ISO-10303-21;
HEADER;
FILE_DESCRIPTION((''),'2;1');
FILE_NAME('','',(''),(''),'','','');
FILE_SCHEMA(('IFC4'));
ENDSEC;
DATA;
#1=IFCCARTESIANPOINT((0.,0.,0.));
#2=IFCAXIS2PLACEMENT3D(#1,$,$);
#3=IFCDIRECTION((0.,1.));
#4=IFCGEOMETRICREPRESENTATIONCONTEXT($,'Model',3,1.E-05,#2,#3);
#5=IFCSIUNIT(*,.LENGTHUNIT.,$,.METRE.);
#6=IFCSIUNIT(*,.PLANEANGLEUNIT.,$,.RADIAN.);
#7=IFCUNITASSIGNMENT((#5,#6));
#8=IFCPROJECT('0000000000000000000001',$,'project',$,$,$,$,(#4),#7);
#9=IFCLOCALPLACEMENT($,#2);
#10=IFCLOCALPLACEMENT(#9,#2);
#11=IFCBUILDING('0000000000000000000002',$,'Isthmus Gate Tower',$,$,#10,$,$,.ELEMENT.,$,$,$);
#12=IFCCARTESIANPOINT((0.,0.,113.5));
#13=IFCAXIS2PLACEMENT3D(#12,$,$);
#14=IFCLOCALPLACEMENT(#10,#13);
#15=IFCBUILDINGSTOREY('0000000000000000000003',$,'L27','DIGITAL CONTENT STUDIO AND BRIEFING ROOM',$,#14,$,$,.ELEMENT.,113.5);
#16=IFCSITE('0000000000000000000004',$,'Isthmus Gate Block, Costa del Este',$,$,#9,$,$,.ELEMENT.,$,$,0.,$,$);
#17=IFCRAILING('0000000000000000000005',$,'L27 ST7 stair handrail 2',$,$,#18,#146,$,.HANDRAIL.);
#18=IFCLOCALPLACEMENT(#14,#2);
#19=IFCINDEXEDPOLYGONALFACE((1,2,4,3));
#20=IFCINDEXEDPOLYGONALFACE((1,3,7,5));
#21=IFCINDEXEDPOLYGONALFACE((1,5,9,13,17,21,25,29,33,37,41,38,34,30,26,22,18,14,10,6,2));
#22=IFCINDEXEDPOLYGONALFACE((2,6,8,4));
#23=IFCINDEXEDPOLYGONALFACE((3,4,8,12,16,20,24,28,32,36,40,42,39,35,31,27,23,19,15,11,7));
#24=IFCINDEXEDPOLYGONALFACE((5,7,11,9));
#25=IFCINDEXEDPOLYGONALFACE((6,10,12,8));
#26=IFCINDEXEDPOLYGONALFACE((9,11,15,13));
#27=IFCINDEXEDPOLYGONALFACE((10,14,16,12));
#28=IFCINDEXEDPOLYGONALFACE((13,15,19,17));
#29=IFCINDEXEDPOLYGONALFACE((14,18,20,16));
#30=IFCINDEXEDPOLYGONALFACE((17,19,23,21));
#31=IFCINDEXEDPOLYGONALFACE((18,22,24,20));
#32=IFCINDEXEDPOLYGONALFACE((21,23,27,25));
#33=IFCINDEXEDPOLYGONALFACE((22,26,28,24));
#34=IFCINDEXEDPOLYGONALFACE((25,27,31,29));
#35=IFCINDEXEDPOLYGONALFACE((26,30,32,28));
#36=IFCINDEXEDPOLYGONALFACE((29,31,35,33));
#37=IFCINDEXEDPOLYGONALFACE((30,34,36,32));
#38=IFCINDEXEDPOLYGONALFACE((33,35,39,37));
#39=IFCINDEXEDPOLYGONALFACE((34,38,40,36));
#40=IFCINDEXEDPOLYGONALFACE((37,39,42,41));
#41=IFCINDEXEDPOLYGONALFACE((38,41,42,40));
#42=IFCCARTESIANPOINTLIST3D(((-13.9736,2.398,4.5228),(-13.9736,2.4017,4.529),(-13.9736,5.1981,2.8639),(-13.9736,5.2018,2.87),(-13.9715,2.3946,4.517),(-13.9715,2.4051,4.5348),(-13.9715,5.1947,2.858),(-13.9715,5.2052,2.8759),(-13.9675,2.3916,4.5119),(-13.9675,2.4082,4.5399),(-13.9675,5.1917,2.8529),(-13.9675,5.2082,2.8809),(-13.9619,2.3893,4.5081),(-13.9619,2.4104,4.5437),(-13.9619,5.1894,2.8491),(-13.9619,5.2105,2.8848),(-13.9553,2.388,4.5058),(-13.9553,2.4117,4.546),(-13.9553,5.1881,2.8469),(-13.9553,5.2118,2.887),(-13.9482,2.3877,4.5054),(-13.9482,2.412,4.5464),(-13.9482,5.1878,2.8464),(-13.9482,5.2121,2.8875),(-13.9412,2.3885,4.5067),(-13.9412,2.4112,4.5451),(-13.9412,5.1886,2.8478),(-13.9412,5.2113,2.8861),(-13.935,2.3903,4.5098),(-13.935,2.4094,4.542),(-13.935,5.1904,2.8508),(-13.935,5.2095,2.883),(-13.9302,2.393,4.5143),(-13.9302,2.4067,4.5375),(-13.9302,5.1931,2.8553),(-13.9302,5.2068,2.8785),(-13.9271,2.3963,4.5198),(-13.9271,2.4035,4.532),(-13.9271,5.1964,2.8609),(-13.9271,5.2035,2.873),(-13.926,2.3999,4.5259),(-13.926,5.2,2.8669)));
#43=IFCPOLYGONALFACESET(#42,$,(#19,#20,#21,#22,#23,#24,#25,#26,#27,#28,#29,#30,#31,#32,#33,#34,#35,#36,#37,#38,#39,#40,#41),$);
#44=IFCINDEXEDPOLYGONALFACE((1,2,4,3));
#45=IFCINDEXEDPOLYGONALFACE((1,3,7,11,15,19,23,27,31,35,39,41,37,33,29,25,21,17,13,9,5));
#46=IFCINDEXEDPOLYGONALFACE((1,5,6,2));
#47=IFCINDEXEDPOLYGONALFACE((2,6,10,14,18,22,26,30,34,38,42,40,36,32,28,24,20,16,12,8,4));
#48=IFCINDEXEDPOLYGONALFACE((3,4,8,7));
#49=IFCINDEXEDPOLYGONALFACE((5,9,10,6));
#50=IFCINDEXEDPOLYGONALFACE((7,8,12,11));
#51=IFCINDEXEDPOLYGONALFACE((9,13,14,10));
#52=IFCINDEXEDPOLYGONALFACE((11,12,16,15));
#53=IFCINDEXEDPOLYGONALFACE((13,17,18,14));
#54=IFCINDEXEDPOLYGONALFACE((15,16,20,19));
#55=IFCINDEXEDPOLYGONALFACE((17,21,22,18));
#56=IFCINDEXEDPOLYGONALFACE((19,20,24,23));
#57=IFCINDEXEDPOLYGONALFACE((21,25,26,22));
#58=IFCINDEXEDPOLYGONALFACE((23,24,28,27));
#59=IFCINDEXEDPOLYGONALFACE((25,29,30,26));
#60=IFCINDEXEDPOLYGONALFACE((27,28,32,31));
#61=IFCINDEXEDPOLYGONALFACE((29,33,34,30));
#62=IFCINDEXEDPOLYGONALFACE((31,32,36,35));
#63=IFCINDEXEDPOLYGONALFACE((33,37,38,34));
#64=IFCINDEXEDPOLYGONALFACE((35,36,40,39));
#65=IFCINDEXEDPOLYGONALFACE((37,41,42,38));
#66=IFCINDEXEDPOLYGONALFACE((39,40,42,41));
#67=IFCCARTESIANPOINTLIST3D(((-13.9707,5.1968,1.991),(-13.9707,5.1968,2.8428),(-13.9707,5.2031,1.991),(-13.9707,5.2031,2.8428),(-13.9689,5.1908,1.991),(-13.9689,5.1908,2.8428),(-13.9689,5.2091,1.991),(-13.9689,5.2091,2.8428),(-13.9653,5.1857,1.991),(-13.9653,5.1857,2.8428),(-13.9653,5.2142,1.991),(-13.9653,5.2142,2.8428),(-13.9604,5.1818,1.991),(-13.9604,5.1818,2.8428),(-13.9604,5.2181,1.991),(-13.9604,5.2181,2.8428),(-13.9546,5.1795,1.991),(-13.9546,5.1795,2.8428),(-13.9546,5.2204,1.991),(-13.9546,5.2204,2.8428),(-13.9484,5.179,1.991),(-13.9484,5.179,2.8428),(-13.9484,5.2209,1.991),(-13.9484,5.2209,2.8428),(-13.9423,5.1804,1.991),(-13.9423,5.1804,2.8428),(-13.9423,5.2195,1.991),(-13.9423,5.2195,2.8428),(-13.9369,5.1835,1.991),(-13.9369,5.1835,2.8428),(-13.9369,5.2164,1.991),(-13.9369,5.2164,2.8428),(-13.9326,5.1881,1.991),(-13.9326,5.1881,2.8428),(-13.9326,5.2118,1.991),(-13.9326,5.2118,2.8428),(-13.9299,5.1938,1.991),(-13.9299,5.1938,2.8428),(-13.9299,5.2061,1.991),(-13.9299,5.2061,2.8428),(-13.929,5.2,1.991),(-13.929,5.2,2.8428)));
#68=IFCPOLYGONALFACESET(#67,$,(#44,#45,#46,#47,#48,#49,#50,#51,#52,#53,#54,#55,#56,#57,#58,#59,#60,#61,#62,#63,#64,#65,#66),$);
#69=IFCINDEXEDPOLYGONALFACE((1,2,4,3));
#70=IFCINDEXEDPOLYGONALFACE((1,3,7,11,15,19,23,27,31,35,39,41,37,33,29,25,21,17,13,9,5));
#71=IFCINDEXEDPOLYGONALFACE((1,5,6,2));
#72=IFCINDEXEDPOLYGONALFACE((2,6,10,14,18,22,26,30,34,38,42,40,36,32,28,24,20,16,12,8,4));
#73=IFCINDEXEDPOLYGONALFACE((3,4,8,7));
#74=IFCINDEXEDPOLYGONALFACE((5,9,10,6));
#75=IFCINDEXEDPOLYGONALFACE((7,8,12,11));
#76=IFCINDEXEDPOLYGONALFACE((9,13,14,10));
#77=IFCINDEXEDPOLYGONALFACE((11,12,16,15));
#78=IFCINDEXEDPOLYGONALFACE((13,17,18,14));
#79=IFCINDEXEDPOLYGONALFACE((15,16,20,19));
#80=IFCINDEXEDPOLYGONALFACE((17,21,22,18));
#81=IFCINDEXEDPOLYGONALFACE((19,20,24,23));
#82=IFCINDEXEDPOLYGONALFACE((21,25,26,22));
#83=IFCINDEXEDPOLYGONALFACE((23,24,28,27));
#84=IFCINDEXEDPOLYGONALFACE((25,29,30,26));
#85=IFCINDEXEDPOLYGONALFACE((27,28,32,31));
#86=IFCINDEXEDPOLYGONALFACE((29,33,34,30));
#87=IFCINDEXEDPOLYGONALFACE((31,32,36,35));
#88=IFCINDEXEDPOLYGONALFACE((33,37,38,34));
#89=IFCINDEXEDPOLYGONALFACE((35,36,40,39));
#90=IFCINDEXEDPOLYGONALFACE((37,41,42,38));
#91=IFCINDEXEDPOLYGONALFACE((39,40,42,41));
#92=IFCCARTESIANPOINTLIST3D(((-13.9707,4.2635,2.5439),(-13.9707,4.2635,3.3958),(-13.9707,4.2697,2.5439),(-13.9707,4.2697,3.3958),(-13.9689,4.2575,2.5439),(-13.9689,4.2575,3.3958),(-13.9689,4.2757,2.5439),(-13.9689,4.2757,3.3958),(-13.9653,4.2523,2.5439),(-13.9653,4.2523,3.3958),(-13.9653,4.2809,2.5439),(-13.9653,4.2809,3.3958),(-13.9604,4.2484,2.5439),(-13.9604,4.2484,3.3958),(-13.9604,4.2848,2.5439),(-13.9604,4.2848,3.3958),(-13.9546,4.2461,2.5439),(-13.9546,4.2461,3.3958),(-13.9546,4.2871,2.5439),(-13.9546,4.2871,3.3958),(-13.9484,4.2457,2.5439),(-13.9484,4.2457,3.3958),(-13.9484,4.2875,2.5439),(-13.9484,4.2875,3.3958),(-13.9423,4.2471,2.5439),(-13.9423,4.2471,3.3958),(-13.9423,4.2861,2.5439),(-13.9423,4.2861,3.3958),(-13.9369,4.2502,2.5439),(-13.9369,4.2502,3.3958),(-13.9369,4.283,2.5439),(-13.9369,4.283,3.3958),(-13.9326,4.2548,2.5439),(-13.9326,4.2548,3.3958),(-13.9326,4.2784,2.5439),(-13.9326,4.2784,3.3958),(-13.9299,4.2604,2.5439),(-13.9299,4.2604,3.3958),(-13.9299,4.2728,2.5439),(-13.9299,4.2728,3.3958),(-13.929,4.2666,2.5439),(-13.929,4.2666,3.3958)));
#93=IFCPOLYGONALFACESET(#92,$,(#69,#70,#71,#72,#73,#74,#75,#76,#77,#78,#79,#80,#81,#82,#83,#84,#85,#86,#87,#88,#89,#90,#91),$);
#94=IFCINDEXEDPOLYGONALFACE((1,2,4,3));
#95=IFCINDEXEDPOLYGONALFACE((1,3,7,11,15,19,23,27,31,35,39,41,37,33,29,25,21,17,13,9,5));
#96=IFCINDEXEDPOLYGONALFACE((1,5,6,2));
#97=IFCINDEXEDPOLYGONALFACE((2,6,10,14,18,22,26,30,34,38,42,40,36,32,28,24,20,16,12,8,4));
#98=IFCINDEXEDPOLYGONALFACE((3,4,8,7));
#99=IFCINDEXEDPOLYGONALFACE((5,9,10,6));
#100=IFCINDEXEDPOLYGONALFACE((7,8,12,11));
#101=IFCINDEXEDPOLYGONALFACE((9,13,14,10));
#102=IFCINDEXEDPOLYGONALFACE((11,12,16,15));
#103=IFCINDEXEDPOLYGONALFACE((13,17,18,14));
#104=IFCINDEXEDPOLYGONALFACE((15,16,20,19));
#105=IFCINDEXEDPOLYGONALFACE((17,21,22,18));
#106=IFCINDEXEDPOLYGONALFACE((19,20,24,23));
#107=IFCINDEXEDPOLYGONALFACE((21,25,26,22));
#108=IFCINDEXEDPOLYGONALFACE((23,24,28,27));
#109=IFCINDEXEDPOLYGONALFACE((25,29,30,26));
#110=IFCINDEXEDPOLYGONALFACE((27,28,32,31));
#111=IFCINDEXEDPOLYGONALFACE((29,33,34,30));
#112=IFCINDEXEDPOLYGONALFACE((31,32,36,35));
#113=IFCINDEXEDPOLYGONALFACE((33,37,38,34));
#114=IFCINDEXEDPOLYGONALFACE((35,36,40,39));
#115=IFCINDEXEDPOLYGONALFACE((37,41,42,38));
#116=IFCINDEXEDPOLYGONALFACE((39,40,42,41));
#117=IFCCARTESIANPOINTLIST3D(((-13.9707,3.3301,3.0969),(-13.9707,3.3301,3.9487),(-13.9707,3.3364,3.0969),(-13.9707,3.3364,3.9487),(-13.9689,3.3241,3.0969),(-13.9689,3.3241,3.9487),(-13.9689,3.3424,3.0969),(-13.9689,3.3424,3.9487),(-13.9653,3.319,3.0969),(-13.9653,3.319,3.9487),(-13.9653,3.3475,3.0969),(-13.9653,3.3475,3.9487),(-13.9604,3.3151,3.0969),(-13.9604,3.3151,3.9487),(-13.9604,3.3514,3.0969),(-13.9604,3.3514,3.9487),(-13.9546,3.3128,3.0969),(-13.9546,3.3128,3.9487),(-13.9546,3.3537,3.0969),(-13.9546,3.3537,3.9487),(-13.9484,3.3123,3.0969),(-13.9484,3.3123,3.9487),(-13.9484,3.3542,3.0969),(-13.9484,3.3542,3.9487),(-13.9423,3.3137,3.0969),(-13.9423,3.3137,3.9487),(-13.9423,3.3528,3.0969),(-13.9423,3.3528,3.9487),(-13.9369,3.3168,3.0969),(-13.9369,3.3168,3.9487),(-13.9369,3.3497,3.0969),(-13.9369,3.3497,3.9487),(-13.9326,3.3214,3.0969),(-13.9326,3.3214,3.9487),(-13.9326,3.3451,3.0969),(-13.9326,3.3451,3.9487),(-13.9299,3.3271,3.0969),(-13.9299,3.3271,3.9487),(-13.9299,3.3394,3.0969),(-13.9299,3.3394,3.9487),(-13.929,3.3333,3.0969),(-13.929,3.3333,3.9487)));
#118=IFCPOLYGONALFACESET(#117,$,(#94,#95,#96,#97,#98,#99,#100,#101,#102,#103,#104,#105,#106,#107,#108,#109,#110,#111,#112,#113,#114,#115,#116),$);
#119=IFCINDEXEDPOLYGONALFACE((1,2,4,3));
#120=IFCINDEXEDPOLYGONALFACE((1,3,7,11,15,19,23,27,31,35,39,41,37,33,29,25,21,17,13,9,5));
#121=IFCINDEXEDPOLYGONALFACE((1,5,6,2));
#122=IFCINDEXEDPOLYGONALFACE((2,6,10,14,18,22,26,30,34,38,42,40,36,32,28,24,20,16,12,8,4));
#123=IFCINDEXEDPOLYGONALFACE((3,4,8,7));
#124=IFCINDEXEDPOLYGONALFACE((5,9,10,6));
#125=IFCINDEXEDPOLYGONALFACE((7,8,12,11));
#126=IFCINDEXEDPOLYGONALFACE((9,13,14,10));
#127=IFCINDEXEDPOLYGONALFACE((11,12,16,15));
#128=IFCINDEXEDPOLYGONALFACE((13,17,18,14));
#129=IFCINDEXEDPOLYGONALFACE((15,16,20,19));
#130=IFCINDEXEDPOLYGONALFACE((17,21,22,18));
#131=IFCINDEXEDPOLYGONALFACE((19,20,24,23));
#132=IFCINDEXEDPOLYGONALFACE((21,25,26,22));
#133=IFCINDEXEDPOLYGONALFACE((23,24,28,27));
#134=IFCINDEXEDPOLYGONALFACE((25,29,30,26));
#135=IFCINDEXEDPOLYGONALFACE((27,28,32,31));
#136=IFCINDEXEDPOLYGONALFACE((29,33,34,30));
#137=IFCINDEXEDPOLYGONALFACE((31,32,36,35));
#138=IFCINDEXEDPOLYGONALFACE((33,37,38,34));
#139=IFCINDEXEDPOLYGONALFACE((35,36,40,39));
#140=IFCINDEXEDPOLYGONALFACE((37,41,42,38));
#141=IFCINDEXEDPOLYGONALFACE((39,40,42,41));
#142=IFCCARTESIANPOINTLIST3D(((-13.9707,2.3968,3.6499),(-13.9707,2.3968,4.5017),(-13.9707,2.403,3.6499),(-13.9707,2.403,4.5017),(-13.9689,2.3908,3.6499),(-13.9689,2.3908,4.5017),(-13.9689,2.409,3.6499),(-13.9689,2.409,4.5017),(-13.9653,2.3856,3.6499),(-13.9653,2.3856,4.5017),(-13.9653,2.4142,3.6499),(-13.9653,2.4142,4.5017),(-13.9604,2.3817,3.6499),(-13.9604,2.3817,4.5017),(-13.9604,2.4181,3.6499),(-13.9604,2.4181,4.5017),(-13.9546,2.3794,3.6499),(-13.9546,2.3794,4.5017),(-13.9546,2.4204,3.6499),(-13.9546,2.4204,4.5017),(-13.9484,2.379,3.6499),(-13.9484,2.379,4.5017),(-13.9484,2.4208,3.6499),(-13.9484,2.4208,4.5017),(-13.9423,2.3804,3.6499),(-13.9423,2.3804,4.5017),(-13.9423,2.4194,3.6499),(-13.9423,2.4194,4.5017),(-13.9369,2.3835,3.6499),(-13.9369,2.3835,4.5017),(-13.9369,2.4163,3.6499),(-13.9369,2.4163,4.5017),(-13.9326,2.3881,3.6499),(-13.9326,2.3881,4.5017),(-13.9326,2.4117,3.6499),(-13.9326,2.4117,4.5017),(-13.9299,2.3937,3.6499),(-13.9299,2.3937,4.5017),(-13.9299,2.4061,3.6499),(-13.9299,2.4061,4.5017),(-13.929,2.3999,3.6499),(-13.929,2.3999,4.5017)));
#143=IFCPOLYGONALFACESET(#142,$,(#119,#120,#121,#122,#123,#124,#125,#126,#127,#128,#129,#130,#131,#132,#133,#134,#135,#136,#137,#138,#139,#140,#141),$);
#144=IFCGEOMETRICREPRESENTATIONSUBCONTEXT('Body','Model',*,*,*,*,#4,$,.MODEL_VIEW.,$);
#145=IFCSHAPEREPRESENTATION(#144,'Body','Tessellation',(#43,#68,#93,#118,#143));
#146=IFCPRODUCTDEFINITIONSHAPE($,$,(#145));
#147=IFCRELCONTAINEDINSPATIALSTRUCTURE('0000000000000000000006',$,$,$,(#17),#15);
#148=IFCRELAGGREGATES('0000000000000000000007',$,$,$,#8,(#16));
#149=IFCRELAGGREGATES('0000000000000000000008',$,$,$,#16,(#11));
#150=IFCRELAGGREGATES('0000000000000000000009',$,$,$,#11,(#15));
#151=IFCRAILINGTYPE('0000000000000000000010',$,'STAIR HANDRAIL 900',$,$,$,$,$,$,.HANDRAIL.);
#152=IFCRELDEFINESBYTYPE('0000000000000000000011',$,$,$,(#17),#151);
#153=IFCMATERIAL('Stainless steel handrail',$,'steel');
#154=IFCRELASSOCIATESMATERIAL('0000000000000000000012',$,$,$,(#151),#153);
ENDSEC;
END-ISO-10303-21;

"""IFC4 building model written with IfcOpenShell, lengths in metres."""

from ifc_helpers import new_model, si_unit, direction, frame, origin, origin_2d, place, context, subcontext, project, spatial, circle, extrude, material, type_object, element, save


model = new_model("IFC4")

# Units and contexts
model_context = context("Model", 3, precision=1e-05, world=origin(), true_north=direction((0.0, 1.0)))
body_context = subcontext(model_context, "Body", "Model", "MODEL_VIEW")
ifc_project = project(units=[si_unit("LENGTHUNIT", "METRE"), si_unit("PLANEANGLEUNIT", "RADIAN")], contexts=[model_context])

# Site, building, storey
site_placement = place(None, origin())
site = spatial("IfcSite", under=ifc_project, at=site_placement, Name="Isthmus Gate Block, Costa del Este", CompositionType="ELEMENT", RefElevation=0.0)
building_placement = place(site_placement, origin())
building = spatial("IfcBuilding", under=site, at=building_placement, Name="Isthmus Gate Tower", CompositionType="ELEMENT")
storey_placement = place(building_placement, frame((0.0, 0.0, 113.5)))
storey = spatial("IfcBuildingStorey", under=building, at=storey_placement, Name="L27", Description="DIGITAL CONTENT STUDIO AND BRIEFING ROOM", CompositionType="ELEMENT", Elevation=113.5)

# Railing
ifc_material_1 = material(Name="Stainless steel handrail", Category="steel")
railing_type_1 = type_object("IfcRailingType", Name="STAIR HANDRAIL 900", PredefinedType="HANDRAIL", material=ifc_material_1)
railing_1_placement = place(storey_placement, frame((-13.95, 5.2, 1.991)))
element("IfcRailing", 1, at=railing_1_placement, inside=storey, type_object=railing_type_1, Name="L27 ST7 stair handrail 2", PredefinedType="HANDRAIL", context=body_context, shape_type="SweptSolid", body=[
    extrude(circle(Radius=0.0239, at=origin_2d()), frame((0.0, 0.0, 0.876), z_axis=(0.0, -0.860339, 0.509722), x_axis=(1.0, 0.0, 0.0)), (0.0, 0.0, 1.0), 3.2546),
    extrude(circle(Radius=0.021, at=origin_2d()), origin(), (0.0, 0.0, 1.0), 0.8518),
    extrude(circle(Radius=0.021, at=origin_2d()), frame((0.0, -0.9333, 0.553)), (0.0, 0.0, 1.0), 0.8518),
    extrude(circle(Radius=0.021, at=origin_2d()), frame((0.0, -1.8667, 1.106)), (0.0, 0.0, 1.0), 0.8518),
    extrude(circle(Radius=0.021, at=origin_2d()), frame((0.0, -2.8, 1.6589)), (0.0, 0.0, 1.0), 0.8518),
])

save(model, "model.ifc")
